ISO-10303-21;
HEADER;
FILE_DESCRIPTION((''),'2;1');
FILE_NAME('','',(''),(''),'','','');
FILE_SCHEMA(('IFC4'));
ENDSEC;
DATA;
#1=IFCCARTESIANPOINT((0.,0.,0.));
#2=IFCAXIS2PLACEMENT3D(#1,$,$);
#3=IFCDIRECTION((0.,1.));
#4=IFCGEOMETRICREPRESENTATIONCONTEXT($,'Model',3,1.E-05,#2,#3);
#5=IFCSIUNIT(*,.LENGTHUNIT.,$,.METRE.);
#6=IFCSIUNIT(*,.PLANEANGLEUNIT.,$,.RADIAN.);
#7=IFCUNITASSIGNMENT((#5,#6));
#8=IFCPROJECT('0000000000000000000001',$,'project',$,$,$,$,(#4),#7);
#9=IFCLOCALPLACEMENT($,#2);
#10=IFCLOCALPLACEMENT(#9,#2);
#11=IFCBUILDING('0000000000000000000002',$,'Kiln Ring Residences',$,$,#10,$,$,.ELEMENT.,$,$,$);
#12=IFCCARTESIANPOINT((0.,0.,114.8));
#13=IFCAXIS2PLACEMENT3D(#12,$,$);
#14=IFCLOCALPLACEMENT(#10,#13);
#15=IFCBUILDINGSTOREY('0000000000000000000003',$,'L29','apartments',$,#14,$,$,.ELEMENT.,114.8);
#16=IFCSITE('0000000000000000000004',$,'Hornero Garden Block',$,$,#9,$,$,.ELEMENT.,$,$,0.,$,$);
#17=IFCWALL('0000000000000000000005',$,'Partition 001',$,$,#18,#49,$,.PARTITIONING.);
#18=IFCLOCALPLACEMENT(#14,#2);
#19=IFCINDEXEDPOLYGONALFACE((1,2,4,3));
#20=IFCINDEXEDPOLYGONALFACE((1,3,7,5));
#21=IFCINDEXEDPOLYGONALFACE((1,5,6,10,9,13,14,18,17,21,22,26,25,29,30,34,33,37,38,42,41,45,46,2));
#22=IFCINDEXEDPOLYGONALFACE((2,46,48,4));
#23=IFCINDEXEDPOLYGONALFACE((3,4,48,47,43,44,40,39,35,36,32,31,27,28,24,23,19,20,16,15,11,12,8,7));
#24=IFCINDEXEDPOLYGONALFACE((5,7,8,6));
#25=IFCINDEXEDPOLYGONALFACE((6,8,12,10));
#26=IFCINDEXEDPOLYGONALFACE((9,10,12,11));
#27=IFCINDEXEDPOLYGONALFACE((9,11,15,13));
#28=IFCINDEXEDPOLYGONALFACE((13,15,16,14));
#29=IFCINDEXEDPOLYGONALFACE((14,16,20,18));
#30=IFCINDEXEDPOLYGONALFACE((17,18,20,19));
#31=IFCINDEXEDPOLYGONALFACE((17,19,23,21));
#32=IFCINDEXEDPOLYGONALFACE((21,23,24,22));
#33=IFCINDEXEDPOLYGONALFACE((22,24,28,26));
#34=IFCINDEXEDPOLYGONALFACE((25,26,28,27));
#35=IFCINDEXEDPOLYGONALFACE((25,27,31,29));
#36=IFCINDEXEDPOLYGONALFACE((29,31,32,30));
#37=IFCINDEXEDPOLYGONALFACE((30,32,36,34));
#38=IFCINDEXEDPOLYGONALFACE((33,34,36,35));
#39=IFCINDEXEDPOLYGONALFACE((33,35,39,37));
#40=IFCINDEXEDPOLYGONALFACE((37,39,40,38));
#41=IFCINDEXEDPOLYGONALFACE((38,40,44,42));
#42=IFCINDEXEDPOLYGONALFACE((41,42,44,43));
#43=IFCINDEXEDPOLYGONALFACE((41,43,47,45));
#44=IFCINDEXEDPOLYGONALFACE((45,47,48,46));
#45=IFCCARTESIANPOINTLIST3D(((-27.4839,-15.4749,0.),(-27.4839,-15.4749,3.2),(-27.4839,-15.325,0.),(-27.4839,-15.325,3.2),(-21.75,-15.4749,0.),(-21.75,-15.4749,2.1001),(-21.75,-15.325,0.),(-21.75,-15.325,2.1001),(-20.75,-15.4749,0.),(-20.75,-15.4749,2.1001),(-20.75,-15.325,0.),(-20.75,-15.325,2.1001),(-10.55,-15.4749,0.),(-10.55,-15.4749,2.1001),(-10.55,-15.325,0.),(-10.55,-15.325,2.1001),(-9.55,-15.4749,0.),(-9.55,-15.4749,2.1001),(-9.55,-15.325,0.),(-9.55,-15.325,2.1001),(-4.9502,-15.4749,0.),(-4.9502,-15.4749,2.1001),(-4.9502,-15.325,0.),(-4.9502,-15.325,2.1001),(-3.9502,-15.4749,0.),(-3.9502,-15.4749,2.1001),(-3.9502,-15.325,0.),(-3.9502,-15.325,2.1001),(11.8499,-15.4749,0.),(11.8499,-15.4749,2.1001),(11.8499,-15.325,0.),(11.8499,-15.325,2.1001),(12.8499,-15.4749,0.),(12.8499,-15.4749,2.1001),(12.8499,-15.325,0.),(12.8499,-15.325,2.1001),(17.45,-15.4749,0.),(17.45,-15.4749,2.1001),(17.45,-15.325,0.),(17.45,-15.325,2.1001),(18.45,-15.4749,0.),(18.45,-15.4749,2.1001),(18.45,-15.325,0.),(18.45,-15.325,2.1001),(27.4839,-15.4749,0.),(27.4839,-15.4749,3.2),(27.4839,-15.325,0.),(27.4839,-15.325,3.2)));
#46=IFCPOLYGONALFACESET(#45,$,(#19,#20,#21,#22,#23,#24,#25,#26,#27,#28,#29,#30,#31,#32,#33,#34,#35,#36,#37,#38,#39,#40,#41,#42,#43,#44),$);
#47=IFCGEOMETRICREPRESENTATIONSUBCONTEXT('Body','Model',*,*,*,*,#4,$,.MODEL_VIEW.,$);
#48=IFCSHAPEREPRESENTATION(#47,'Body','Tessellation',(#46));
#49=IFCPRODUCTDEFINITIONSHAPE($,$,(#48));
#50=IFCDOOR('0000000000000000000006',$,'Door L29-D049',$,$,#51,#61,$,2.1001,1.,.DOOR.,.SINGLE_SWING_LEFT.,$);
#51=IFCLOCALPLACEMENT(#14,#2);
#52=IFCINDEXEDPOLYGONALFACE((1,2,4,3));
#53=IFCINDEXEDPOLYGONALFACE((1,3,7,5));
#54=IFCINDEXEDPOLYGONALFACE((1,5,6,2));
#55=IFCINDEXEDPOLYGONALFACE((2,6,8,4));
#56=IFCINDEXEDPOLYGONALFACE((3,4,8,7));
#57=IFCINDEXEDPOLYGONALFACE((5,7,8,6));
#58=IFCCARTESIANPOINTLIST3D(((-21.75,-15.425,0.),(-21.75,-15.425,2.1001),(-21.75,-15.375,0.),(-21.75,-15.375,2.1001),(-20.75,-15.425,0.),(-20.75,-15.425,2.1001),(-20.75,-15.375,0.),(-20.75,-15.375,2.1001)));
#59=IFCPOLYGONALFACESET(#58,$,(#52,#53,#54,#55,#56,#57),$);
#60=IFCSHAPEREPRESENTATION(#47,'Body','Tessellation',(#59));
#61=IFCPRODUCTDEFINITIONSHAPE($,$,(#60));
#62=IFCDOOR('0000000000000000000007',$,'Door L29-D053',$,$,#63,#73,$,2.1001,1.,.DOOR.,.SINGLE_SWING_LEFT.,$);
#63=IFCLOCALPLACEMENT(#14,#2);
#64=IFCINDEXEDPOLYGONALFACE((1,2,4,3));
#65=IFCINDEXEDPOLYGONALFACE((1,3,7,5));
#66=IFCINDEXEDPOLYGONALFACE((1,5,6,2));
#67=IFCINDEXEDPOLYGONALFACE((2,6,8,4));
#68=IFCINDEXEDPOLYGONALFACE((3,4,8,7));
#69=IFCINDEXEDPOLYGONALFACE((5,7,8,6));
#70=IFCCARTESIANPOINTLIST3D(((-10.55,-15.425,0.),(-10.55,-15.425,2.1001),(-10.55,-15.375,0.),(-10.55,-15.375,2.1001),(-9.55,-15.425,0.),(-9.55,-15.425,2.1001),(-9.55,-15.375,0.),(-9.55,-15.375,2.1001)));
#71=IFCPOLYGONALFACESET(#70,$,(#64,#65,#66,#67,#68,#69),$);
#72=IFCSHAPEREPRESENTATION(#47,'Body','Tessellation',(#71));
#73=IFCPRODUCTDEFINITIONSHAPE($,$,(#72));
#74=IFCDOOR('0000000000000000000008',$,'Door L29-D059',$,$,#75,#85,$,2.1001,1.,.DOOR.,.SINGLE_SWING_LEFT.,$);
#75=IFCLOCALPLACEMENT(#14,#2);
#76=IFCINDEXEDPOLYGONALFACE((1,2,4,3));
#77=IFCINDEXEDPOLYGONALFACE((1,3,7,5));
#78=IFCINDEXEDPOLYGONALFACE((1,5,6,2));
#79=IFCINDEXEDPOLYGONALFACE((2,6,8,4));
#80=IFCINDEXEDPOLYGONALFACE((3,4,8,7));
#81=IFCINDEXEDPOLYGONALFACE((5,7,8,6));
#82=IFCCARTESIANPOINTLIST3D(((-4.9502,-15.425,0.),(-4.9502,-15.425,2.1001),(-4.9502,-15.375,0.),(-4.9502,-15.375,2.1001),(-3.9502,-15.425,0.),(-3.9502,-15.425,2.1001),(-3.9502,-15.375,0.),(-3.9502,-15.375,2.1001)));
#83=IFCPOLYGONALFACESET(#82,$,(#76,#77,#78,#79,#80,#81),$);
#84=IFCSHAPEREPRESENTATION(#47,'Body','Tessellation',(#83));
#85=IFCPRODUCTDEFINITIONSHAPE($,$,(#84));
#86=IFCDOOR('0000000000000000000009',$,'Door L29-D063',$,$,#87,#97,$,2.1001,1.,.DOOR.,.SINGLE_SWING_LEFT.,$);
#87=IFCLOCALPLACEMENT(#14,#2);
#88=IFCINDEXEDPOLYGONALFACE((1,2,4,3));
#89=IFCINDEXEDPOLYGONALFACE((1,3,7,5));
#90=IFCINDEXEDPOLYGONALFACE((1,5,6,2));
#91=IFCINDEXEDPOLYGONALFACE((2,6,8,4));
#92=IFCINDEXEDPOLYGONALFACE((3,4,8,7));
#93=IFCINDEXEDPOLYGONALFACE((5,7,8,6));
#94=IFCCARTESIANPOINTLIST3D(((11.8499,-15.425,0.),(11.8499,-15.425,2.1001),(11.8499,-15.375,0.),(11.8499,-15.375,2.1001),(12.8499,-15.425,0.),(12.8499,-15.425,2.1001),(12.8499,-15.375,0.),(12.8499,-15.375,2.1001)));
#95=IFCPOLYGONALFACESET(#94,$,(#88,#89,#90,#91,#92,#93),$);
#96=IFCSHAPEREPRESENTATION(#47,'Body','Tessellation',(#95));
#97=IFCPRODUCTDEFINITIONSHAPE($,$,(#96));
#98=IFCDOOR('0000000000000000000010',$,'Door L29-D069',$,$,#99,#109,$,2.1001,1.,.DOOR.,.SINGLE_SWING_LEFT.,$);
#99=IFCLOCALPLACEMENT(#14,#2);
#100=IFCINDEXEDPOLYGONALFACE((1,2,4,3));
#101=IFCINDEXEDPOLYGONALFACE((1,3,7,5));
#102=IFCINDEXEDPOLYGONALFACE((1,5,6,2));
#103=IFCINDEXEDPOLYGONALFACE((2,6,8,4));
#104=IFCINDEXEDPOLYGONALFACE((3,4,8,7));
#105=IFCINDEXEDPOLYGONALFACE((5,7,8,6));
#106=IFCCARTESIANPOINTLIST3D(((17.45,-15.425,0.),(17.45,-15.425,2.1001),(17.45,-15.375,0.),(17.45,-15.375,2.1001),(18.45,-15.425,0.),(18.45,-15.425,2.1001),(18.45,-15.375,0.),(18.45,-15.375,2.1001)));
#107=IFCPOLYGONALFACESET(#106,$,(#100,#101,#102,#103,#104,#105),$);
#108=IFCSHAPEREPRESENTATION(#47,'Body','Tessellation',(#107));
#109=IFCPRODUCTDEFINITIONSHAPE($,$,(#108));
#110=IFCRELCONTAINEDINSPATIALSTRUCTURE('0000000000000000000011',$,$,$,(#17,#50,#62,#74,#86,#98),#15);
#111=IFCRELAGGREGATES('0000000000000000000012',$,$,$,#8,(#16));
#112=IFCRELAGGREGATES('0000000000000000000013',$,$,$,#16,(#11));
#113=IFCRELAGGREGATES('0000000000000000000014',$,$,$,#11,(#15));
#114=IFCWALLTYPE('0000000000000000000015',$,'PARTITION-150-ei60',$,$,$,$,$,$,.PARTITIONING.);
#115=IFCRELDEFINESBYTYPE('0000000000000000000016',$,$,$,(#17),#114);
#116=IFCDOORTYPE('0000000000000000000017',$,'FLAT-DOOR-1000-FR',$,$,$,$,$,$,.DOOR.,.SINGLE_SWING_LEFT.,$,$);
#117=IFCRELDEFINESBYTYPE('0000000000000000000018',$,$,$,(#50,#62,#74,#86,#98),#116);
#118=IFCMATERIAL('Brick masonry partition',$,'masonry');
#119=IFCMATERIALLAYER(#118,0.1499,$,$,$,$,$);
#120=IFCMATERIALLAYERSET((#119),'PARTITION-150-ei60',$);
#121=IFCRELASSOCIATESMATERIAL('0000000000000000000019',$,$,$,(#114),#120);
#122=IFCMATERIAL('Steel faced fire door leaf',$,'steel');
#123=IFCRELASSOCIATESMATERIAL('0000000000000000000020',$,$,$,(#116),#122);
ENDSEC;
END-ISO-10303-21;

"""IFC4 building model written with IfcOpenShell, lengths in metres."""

from ifc_helpers import new_model, si_unit, direction, frame, frame_2d, origin, place, context, subcontext, project, spatial, rectangle, extrude, material, layer, layer_set, type_object, element, fill, save


model = new_model("IFC4")

# Units and contexts
model_context = context("Model", 3, precision=1e-05, world=origin(), true_north=direction((0.0, 1.0)))
body_context = subcontext(model_context, "Body", "Model", "MODEL_VIEW")
ifc_project = project(units=[si_unit("LENGTHUNIT", "METRE"), si_unit("PLANEANGLEUNIT", "RADIAN")], contexts=[model_context])

# Site, building, storey
site_placement = place(None, origin())
site = spatial("IfcSite", under=ifc_project, at=site_placement, Name="Hornero Garden Block", CompositionType="ELEMENT", RefElevation=0.0)
building_placement = place(site_placement, origin())
building = spatial("IfcBuilding", under=site, at=building_placement, Name="Kiln Ring Residences", CompositionType="ELEMENT")
storey_placement = place(building_placement, frame((0.0, 0.0, 114.8)))
storey = spatial("IfcBuildingStorey", under=building, at=storey_placement, Name="L29", Description="apartments", CompositionType="ELEMENT", Elevation=114.8)

# Wall, openings, doors
ifc_material_1 = material(Name="Brick masonry partition", Category="masonry")
ifc_layer_1 = layer(ifc_material_1, 0.1499)
ifc_layer_set_1 = layer_set([ifc_layer_1], Name="PARTITION-150-ei60")
wall_type_1 = type_object("IfcWallType", Name="PARTITION-150-ei60", PredefinedType="PARTITIONING", material=ifc_layer_set_1)
wall_1_placement = place(storey_placement, frame((-27.4839, -15.3999, 0.0), z_axis=(0.0, 0.0, 1.0), x_axis=(1.0, 0.0, 0.0)))
wall_1 = element("IfcWall", 1, at=wall_1_placement, inside=storey, type_object=wall_type_1, Name="Partition 001", PredefinedType="PARTITIONING", context=body_context, shape_type="SweptSolid", body=[
    extrude(rectangle(XDim=54.9678, YDim=0.1499, at=frame_2d((27.4839, 0.0))), origin(), (0.0, 0.0, 1.0), 3.2),
])
opening_1_placement = place(wall_1_placement, frame((5.7339, 0.0, 0.0)))
opening_1 = element("IfcOpeningElement", 2, at=opening_1_placement, cuts=wall_1, PredefinedType="OPENING", context=body_context, shape_type="SweptSolid", body=[
    extrude(rectangle(XDim=1.0, YDim=2.1001, at=frame_2d((0.5, 1.05))), frame((0.0, 0.085, 0.0), z_axis=(0.0, -1.0, 0.0), x_axis=(1.0, 0.0, 0.0)), (0.0, 0.0, 1.0), 0.1699),
])
opening_2_placement = place(wall_1_placement, frame((16.9338, 0.0, 0.0)))
opening_2 = element("IfcOpeningElement", 3, at=opening_2_placement, cuts=wall_1, PredefinedType="OPENING", context=body_context, shape_type="SweptSolid", body=[
    extrude(rectangle(XDim=1.0, YDim=2.1001, at=frame_2d((0.5, 1.05))), frame((0.0, 0.085, 0.0), z_axis=(0.0, -1.0, 0.0), x_axis=(1.0, 0.0, 0.0)), (0.0, 0.0, 1.0), 0.1699),
])
opening_3_placement = place(wall_1_placement, frame((22.5337, 0.0, 0.0)))
opening_3 = element("IfcOpeningElement", 4, at=opening_3_placement, cuts=wall_1, PredefinedType="OPENING", context=body_context, shape_type="SweptSolid", body=[
    extrude(rectangle(XDim=1.0, YDim=2.1001, at=frame_2d((0.5, 1.05))), frame((0.0, 0.085, 0.0), z_axis=(0.0, -1.0, 0.0), x_axis=(1.0, 0.0, 0.0)), (0.0, 0.0, 1.0), 0.1699),
])
opening_4_placement = place(wall_1_placement, frame((39.3337, 0.0, 0.0)))
opening_4 = element("IfcOpeningElement", 5, at=opening_4_placement, cuts=wall_1, PredefinedType="OPENING", context=body_context, shape_type="SweptSolid", body=[
    extrude(rectangle(XDim=1.0, YDim=2.1001, at=frame_2d((0.5, 1.05))), frame((0.0, 0.085, 0.0), z_axis=(0.0, -1.0, 0.0), x_axis=(1.0, 0.0, 0.0)), (0.0, 0.0, 1.0), 0.1699),
])
opening_5_placement = place(wall_1_placement, frame((44.9338, 0.0, 0.0)))
opening_5 = element("IfcOpeningElement", 6, at=opening_5_placement, cuts=wall_1, PredefinedType="OPENING", context=body_context, shape_type="SweptSolid", body=[
    extrude(rectangle(XDim=1.0, YDim=2.1001, at=frame_2d((0.5, 1.05))), frame((0.0, 0.085, 0.0), z_axis=(0.0, -1.0, 0.0), x_axis=(1.0, 0.0, 0.0)), (0.0, 0.0, 1.0), 0.1699),
])
ifc_material_2 = material(Name="Steel faced fire door leaf", Category="steel")
door_type_1 = type_object("IfcDoorType", Name="FLAT-DOOR-1000-FR", OperationType="SINGLE_SWING_LEFT", PredefinedType="DOOR", material=ifc_material_2)
door_1_placement = place(opening_1_placement, origin())
door_1 = element("IfcDoor", 7, at=door_1_placement, inside=storey, type_object=door_type_1, Name="Door L29-D049", OperationType="SINGLE_SWING_LEFT", OverallHeight=2.1001, OverallWidth=1.0, PredefinedType="DOOR", context=body_context, shape_type="SweptSolid", body=[
    extrude(rectangle(XDim=1.0, YDim=2.1001, at=frame_2d((0.5, 1.05))), frame((0.0, 0.0249, 0.0), z_axis=(0.0, -1.0, 0.0), x_axis=(1.0, 0.0, 0.0)), (0.0, 0.0, 1.0), 0.05),
])
fill(opening_1, door_1)
door_2_placement = place(opening_2_placement, origin())
door_2 = element("IfcDoor", 8, at=door_2_placement, inside=storey, type_object=door_type_1, Name="Door L29-D053", OperationType="SINGLE_SWING_LEFT", OverallHeight=2.1001, OverallWidth=1.0, PredefinedType="DOOR", context=body_context, shape_type="SweptSolid", body=[
    extrude(rectangle(XDim=1.0, YDim=2.1001, at=frame_2d((0.5, 1.05))), frame((0.0, 0.0249, 0.0), z_axis=(0.0, -1.0, 0.0), x_axis=(1.0, 0.0, 0.0)), (0.0, 0.0, 1.0), 0.05),
])
fill(opening_2, door_2)
door_3_placement = place(opening_3_placement, origin())
door_3 = element("IfcDoor", 9, at=door_3_placement, inside=storey, type_object=door_type_1, Name="Door L29-D059", OperationType="SINGLE_SWING_LEFT", OverallHeight=2.1001, OverallWidth=1.0, PredefinedType="DOOR", context=body_context, shape_type="SweptSolid", body=[
    extrude(rectangle(XDim=1.0, YDim=2.1001, at=frame_2d((0.5, 1.05))), frame((0.0, 0.0249, 0.0), z_axis=(0.0, -1.0, 0.0), x_axis=(1.0, 0.0, 0.0)), (0.0, 0.0, 1.0), 0.05),
])
fill(opening_3, door_3)
door_4_placement = place(opening_4_placement, origin())
door_4 = element("IfcDoor", 10, at=door_4_placement, inside=storey, type_object=door_type_1, Name="Door L29-D063", OperationType="SINGLE_SWING_LEFT", OverallHeight=2.1001, OverallWidth=1.0, PredefinedType="DOOR", context=body_context, shape_type="SweptSolid", body=[
    extrude(rectangle(XDim=1.0, YDim=2.1001, at=frame_2d((0.5, 1.05))), frame((0.0, 0.0249, 0.0), z_axis=(0.0, -1.0, 0.0), x_axis=(1.0, 0.0, 0.0)), (0.0, 0.0, 1.0), 0.05),
])
fill(opening_4, door_4)
door_5_placement = place(opening_5_placement, origin())
door_5 = element("IfcDoor", 11, at=door_5_placement, inside=storey, type_object=door_type_1, Name="Door L29-D069", OperationType="SINGLE_SWING_LEFT", OverallHeight=2.1001, OverallWidth=1.0, PredefinedType="DOOR", context=body_context, shape_type="SweptSolid", body=[
    extrude(rectangle(XDim=1.0, YDim=2.1001, at=frame_2d((0.5, 1.05))), frame((0.0, 0.0249, 0.0), z_axis=(0.0, -1.0, 0.0), x_axis=(1.0, 0.0, 0.0)), (0.0, 0.0, 1.0), 0.05),
])
fill(opening_5, door_5)

save(model, "model.ifc")
